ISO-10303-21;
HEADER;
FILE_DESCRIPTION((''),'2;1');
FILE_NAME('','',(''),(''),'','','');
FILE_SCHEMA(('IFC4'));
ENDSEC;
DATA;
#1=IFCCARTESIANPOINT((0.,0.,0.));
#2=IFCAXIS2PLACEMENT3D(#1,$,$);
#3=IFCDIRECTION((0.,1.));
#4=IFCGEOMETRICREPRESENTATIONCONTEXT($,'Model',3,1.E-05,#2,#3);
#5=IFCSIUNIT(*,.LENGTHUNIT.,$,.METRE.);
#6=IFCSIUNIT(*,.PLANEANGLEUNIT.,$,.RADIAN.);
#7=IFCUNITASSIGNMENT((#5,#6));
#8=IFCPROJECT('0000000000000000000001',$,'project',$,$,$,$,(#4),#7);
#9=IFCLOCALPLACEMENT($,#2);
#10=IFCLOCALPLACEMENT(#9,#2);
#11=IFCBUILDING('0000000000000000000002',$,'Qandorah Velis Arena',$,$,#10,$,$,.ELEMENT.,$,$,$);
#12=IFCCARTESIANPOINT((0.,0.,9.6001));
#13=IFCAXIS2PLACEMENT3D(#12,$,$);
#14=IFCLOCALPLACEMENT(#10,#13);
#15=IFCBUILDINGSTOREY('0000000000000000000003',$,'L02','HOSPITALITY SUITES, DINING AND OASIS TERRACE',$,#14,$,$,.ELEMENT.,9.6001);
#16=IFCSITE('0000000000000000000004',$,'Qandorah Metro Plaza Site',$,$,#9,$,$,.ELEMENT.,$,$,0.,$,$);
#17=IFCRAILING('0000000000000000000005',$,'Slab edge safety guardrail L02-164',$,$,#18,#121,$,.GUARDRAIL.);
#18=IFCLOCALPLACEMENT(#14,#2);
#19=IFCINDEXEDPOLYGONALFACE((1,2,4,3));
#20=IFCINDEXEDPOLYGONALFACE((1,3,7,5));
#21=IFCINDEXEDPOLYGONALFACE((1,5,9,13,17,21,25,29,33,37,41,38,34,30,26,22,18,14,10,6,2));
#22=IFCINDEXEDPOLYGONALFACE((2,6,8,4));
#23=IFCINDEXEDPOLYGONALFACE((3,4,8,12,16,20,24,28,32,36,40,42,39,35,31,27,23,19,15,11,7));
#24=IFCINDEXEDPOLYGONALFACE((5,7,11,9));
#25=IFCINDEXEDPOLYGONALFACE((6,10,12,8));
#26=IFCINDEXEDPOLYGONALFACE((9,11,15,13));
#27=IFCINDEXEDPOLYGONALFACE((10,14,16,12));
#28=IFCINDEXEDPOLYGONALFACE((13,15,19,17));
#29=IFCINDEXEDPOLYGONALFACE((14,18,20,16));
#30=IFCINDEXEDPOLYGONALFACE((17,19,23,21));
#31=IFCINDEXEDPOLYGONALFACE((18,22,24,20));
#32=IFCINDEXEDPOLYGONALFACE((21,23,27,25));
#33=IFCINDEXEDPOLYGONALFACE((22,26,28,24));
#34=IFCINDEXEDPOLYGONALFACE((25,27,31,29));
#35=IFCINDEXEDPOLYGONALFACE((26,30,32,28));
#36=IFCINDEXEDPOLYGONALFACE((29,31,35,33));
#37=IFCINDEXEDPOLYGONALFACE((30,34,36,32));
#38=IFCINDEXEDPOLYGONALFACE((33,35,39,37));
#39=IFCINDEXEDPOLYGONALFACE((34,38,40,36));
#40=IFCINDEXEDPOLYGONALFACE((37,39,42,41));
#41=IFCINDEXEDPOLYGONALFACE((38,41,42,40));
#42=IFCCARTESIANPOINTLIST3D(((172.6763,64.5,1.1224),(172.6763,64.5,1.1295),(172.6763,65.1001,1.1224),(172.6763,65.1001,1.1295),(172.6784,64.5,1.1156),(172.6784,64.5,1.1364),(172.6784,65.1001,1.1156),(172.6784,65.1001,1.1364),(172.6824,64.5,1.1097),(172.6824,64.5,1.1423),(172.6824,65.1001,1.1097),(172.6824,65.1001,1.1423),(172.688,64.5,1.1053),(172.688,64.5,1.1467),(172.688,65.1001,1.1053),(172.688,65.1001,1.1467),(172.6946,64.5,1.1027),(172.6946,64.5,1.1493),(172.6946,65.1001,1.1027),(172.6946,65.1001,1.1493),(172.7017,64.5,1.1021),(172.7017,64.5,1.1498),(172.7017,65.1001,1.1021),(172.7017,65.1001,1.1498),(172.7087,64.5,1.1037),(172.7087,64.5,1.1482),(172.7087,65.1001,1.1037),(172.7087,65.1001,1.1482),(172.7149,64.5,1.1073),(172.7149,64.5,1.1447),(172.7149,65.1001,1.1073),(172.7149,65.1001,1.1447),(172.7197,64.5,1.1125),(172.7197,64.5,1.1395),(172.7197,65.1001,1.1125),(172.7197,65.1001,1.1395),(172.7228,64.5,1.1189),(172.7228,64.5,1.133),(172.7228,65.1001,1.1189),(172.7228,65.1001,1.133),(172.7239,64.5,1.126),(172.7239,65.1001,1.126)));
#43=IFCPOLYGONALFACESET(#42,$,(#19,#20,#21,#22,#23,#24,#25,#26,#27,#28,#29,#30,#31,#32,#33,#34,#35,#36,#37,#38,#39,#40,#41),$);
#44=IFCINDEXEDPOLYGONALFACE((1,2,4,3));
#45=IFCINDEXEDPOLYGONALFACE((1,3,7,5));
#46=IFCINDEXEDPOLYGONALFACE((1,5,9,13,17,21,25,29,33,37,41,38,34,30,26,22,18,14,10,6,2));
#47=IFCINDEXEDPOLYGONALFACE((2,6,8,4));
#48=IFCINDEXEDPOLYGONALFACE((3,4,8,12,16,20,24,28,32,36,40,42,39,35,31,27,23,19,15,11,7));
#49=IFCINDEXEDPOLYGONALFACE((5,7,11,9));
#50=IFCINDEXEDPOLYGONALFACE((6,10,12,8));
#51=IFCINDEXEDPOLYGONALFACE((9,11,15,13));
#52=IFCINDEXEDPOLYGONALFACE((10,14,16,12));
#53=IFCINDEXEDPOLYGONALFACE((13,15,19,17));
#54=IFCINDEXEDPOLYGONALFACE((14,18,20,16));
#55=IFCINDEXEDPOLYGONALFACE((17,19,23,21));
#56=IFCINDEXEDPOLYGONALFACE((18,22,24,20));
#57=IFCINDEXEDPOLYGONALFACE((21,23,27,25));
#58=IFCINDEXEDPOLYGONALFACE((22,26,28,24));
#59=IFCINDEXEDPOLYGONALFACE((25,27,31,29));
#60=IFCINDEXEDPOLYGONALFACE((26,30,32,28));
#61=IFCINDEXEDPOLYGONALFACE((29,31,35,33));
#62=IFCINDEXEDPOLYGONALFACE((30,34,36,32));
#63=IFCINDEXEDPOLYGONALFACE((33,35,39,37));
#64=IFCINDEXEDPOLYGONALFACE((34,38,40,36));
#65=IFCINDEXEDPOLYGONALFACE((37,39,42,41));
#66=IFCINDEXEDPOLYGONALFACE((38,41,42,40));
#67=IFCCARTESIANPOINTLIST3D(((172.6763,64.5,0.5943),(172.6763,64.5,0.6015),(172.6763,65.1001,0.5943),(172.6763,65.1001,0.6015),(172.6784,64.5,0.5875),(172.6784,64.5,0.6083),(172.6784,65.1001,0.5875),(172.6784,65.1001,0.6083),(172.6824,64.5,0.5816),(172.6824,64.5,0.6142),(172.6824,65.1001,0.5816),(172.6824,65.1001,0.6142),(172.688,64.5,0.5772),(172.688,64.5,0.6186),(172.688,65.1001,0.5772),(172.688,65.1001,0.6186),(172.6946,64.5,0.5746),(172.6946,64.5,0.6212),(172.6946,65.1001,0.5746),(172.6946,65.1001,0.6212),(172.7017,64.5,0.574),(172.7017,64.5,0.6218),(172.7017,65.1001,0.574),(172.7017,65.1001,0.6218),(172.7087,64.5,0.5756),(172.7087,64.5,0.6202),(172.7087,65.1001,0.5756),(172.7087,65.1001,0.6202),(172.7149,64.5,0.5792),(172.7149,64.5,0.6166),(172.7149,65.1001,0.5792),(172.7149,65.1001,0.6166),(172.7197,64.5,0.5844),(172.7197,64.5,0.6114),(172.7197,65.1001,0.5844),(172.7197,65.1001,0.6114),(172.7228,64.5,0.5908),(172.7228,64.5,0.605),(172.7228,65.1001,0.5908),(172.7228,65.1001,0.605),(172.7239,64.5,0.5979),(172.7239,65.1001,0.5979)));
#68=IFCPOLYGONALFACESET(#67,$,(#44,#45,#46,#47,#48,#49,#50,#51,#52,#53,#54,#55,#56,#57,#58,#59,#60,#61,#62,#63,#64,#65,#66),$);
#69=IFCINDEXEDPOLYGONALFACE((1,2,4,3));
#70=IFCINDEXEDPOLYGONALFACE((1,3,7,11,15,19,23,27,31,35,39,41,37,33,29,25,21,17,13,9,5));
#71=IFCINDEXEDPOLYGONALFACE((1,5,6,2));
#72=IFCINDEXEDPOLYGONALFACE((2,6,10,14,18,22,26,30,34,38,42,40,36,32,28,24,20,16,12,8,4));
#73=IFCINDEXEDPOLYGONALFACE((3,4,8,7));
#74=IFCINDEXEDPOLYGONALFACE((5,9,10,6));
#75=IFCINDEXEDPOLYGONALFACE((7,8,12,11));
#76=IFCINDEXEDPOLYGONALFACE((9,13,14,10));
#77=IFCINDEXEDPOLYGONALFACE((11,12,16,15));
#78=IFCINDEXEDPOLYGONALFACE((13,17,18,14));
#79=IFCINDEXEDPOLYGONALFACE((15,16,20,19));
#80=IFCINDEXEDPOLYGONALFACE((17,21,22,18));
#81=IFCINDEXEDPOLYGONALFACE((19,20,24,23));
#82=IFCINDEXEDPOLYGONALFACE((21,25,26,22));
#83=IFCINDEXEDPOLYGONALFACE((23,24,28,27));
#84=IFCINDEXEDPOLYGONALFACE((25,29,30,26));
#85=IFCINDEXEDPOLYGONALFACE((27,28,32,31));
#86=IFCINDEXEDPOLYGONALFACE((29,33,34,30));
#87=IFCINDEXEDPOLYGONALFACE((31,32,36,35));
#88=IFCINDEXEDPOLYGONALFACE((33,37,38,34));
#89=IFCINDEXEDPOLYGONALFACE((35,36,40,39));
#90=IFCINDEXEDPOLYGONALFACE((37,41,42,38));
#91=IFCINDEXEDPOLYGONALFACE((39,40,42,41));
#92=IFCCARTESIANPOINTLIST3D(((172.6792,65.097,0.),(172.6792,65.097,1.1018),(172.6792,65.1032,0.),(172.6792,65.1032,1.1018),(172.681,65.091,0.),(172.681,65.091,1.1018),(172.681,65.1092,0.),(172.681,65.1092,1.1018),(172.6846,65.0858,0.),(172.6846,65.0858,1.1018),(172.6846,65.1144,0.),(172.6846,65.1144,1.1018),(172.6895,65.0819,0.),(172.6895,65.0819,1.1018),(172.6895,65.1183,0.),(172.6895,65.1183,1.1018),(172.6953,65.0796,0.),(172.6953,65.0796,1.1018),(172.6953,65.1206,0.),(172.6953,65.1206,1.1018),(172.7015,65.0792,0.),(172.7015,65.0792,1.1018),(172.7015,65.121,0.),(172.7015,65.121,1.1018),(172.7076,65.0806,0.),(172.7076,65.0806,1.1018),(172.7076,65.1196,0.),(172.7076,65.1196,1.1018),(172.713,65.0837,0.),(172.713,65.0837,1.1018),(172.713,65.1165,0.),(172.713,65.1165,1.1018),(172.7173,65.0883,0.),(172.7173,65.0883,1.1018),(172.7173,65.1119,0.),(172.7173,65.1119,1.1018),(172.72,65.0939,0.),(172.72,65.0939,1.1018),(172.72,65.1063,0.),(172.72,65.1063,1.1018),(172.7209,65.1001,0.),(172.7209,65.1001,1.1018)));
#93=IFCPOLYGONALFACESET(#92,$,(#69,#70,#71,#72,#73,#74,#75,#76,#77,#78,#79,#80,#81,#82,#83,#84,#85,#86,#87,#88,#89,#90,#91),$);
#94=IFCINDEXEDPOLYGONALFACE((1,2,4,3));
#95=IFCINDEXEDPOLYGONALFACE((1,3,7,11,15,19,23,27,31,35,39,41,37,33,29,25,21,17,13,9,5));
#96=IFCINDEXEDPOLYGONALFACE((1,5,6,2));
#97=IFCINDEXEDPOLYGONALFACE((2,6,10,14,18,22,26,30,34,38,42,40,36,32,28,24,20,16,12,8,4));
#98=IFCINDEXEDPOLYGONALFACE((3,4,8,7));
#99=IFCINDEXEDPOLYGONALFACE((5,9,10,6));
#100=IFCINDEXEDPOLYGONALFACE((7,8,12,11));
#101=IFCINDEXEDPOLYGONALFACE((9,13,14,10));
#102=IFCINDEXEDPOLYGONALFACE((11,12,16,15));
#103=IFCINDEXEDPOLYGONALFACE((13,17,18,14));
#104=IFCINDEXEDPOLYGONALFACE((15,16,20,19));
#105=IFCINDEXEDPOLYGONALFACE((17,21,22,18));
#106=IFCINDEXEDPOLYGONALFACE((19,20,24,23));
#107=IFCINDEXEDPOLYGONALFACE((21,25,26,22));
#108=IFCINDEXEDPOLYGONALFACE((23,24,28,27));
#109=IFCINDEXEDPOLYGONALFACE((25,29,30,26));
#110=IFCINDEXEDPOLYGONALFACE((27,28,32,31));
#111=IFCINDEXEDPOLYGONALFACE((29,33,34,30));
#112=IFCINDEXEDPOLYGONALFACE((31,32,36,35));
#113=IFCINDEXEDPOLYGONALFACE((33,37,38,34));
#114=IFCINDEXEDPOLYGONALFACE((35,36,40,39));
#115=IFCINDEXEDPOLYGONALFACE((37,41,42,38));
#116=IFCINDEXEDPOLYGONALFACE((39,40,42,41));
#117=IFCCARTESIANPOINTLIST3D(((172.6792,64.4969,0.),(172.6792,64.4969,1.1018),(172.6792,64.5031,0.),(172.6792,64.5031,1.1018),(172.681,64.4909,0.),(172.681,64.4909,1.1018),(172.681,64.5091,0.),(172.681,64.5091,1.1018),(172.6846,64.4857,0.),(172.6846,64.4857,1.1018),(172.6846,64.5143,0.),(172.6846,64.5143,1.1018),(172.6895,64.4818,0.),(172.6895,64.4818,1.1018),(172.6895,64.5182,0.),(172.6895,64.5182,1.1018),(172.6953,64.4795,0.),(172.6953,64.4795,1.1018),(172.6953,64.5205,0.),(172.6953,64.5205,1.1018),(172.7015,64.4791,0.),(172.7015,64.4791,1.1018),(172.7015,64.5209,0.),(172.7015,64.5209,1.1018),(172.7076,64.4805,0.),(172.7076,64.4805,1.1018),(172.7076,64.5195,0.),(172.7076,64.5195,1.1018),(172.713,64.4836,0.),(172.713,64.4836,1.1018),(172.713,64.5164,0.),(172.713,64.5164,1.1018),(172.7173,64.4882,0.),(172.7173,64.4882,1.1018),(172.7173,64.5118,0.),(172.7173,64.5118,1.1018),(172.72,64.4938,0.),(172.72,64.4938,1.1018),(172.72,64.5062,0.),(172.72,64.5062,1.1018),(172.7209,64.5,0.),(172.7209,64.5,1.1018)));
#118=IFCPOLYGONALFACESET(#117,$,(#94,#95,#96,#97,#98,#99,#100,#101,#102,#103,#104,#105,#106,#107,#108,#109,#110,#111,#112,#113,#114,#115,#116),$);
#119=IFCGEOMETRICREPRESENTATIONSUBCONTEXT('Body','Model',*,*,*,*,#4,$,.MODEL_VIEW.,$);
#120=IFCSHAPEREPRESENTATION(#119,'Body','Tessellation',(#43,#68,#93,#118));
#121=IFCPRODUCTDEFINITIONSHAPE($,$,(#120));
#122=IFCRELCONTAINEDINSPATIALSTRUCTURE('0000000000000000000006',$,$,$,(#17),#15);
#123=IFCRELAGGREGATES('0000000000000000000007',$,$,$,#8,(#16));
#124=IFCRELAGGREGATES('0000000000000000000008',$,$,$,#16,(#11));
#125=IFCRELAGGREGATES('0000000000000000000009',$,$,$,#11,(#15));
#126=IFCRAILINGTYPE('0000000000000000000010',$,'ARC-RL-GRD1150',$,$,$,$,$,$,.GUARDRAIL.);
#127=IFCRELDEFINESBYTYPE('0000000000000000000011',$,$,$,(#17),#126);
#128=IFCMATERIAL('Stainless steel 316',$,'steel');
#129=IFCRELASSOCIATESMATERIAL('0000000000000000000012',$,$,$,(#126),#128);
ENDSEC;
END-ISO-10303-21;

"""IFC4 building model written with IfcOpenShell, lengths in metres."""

from ifc_helpers import new_model, si_unit, direction, frame, origin, origin_2d, place, context, subcontext, project, spatial, circle, extrude, material, type_object, element, save


model = new_model("IFC4")

# Units and contexts
model_context = context("Model", 3, precision=1e-05, world=origin(), true_north=direction((0.0, 1.0)))
body_context = subcontext(model_context, "Body", "Model", "MODEL_VIEW")
ifc_project = project(units=[si_unit("LENGTHUNIT", "METRE"), si_unit("PLANEANGLEUNIT", "RADIAN")], contexts=[model_context])

# Site, building, storey
site_placement = place(None, origin())
site = spatial("IfcSite", under=ifc_project, at=site_placement, Name="Qandorah Metro Plaza Site", CompositionType="ELEMENT", RefElevation=0.0)
building_placement = place(site_placement, origin())
building = spatial("IfcBuilding", under=site, at=building_placement, Name="Qandorah Velis Arena", CompositionType="ELEMENT")
storey_placement = place(building_placement, frame((0.0, 0.0, 9.6001)))
storey = spatial("IfcBuildingStorey", under=building, at=storey_placement, Name="L02", Description="HOSPITALITY SUITES, DINING AND OASIS TERRACE", CompositionType="ELEMENT", Elevation=9.6001)

# Railing
ifc_material_1 = material(Name="Stainless steel 316", Category="steel")
railing_type = type_object("IfcRailingType", Name="ARC-RL-GRD1150", PredefinedType="GUARDRAIL", material=ifc_material_1)
railing_1_placement = place(storey_placement, frame((172.7, 65.1001, 0.0)))
element("IfcRailing", 1, at=railing_1_placement, inside=storey, type_object=railing_type, Name="Slab edge safety guardrail L02-164", PredefinedType="GUARDRAIL", context=body_context, shape_type="SweptSolid", body=[
    extrude(circle(Radius=0.0239, at=origin_2d()), frame((0.0, 0.0, 1.126), z_axis=(0.0, -1.0, 0.0), x_axis=(1.0, 0.0, 0.0)), (0.0, 0.0, 1.0), 0.6001),
    extrude(circle(Radius=0.0239, at=origin_2d()), frame((0.0, 0.0, 0.5979), z_axis=(0.0, -1.0, 0.0), x_axis=(1.0, 0.0, 0.0)), (0.0, 0.0, 1.0), 0.6001),
    extrude(circle(Radius=0.021, at=origin_2d()), origin(), (0.0, 0.0, 1.0), 1.1018),
    extrude(circle(Radius=0.021, at=origin_2d()), frame((0.0, -0.6001, 0.0)), (0.0, 0.0, 1.0), 1.1018),
])

save(model, "model.ifc")
